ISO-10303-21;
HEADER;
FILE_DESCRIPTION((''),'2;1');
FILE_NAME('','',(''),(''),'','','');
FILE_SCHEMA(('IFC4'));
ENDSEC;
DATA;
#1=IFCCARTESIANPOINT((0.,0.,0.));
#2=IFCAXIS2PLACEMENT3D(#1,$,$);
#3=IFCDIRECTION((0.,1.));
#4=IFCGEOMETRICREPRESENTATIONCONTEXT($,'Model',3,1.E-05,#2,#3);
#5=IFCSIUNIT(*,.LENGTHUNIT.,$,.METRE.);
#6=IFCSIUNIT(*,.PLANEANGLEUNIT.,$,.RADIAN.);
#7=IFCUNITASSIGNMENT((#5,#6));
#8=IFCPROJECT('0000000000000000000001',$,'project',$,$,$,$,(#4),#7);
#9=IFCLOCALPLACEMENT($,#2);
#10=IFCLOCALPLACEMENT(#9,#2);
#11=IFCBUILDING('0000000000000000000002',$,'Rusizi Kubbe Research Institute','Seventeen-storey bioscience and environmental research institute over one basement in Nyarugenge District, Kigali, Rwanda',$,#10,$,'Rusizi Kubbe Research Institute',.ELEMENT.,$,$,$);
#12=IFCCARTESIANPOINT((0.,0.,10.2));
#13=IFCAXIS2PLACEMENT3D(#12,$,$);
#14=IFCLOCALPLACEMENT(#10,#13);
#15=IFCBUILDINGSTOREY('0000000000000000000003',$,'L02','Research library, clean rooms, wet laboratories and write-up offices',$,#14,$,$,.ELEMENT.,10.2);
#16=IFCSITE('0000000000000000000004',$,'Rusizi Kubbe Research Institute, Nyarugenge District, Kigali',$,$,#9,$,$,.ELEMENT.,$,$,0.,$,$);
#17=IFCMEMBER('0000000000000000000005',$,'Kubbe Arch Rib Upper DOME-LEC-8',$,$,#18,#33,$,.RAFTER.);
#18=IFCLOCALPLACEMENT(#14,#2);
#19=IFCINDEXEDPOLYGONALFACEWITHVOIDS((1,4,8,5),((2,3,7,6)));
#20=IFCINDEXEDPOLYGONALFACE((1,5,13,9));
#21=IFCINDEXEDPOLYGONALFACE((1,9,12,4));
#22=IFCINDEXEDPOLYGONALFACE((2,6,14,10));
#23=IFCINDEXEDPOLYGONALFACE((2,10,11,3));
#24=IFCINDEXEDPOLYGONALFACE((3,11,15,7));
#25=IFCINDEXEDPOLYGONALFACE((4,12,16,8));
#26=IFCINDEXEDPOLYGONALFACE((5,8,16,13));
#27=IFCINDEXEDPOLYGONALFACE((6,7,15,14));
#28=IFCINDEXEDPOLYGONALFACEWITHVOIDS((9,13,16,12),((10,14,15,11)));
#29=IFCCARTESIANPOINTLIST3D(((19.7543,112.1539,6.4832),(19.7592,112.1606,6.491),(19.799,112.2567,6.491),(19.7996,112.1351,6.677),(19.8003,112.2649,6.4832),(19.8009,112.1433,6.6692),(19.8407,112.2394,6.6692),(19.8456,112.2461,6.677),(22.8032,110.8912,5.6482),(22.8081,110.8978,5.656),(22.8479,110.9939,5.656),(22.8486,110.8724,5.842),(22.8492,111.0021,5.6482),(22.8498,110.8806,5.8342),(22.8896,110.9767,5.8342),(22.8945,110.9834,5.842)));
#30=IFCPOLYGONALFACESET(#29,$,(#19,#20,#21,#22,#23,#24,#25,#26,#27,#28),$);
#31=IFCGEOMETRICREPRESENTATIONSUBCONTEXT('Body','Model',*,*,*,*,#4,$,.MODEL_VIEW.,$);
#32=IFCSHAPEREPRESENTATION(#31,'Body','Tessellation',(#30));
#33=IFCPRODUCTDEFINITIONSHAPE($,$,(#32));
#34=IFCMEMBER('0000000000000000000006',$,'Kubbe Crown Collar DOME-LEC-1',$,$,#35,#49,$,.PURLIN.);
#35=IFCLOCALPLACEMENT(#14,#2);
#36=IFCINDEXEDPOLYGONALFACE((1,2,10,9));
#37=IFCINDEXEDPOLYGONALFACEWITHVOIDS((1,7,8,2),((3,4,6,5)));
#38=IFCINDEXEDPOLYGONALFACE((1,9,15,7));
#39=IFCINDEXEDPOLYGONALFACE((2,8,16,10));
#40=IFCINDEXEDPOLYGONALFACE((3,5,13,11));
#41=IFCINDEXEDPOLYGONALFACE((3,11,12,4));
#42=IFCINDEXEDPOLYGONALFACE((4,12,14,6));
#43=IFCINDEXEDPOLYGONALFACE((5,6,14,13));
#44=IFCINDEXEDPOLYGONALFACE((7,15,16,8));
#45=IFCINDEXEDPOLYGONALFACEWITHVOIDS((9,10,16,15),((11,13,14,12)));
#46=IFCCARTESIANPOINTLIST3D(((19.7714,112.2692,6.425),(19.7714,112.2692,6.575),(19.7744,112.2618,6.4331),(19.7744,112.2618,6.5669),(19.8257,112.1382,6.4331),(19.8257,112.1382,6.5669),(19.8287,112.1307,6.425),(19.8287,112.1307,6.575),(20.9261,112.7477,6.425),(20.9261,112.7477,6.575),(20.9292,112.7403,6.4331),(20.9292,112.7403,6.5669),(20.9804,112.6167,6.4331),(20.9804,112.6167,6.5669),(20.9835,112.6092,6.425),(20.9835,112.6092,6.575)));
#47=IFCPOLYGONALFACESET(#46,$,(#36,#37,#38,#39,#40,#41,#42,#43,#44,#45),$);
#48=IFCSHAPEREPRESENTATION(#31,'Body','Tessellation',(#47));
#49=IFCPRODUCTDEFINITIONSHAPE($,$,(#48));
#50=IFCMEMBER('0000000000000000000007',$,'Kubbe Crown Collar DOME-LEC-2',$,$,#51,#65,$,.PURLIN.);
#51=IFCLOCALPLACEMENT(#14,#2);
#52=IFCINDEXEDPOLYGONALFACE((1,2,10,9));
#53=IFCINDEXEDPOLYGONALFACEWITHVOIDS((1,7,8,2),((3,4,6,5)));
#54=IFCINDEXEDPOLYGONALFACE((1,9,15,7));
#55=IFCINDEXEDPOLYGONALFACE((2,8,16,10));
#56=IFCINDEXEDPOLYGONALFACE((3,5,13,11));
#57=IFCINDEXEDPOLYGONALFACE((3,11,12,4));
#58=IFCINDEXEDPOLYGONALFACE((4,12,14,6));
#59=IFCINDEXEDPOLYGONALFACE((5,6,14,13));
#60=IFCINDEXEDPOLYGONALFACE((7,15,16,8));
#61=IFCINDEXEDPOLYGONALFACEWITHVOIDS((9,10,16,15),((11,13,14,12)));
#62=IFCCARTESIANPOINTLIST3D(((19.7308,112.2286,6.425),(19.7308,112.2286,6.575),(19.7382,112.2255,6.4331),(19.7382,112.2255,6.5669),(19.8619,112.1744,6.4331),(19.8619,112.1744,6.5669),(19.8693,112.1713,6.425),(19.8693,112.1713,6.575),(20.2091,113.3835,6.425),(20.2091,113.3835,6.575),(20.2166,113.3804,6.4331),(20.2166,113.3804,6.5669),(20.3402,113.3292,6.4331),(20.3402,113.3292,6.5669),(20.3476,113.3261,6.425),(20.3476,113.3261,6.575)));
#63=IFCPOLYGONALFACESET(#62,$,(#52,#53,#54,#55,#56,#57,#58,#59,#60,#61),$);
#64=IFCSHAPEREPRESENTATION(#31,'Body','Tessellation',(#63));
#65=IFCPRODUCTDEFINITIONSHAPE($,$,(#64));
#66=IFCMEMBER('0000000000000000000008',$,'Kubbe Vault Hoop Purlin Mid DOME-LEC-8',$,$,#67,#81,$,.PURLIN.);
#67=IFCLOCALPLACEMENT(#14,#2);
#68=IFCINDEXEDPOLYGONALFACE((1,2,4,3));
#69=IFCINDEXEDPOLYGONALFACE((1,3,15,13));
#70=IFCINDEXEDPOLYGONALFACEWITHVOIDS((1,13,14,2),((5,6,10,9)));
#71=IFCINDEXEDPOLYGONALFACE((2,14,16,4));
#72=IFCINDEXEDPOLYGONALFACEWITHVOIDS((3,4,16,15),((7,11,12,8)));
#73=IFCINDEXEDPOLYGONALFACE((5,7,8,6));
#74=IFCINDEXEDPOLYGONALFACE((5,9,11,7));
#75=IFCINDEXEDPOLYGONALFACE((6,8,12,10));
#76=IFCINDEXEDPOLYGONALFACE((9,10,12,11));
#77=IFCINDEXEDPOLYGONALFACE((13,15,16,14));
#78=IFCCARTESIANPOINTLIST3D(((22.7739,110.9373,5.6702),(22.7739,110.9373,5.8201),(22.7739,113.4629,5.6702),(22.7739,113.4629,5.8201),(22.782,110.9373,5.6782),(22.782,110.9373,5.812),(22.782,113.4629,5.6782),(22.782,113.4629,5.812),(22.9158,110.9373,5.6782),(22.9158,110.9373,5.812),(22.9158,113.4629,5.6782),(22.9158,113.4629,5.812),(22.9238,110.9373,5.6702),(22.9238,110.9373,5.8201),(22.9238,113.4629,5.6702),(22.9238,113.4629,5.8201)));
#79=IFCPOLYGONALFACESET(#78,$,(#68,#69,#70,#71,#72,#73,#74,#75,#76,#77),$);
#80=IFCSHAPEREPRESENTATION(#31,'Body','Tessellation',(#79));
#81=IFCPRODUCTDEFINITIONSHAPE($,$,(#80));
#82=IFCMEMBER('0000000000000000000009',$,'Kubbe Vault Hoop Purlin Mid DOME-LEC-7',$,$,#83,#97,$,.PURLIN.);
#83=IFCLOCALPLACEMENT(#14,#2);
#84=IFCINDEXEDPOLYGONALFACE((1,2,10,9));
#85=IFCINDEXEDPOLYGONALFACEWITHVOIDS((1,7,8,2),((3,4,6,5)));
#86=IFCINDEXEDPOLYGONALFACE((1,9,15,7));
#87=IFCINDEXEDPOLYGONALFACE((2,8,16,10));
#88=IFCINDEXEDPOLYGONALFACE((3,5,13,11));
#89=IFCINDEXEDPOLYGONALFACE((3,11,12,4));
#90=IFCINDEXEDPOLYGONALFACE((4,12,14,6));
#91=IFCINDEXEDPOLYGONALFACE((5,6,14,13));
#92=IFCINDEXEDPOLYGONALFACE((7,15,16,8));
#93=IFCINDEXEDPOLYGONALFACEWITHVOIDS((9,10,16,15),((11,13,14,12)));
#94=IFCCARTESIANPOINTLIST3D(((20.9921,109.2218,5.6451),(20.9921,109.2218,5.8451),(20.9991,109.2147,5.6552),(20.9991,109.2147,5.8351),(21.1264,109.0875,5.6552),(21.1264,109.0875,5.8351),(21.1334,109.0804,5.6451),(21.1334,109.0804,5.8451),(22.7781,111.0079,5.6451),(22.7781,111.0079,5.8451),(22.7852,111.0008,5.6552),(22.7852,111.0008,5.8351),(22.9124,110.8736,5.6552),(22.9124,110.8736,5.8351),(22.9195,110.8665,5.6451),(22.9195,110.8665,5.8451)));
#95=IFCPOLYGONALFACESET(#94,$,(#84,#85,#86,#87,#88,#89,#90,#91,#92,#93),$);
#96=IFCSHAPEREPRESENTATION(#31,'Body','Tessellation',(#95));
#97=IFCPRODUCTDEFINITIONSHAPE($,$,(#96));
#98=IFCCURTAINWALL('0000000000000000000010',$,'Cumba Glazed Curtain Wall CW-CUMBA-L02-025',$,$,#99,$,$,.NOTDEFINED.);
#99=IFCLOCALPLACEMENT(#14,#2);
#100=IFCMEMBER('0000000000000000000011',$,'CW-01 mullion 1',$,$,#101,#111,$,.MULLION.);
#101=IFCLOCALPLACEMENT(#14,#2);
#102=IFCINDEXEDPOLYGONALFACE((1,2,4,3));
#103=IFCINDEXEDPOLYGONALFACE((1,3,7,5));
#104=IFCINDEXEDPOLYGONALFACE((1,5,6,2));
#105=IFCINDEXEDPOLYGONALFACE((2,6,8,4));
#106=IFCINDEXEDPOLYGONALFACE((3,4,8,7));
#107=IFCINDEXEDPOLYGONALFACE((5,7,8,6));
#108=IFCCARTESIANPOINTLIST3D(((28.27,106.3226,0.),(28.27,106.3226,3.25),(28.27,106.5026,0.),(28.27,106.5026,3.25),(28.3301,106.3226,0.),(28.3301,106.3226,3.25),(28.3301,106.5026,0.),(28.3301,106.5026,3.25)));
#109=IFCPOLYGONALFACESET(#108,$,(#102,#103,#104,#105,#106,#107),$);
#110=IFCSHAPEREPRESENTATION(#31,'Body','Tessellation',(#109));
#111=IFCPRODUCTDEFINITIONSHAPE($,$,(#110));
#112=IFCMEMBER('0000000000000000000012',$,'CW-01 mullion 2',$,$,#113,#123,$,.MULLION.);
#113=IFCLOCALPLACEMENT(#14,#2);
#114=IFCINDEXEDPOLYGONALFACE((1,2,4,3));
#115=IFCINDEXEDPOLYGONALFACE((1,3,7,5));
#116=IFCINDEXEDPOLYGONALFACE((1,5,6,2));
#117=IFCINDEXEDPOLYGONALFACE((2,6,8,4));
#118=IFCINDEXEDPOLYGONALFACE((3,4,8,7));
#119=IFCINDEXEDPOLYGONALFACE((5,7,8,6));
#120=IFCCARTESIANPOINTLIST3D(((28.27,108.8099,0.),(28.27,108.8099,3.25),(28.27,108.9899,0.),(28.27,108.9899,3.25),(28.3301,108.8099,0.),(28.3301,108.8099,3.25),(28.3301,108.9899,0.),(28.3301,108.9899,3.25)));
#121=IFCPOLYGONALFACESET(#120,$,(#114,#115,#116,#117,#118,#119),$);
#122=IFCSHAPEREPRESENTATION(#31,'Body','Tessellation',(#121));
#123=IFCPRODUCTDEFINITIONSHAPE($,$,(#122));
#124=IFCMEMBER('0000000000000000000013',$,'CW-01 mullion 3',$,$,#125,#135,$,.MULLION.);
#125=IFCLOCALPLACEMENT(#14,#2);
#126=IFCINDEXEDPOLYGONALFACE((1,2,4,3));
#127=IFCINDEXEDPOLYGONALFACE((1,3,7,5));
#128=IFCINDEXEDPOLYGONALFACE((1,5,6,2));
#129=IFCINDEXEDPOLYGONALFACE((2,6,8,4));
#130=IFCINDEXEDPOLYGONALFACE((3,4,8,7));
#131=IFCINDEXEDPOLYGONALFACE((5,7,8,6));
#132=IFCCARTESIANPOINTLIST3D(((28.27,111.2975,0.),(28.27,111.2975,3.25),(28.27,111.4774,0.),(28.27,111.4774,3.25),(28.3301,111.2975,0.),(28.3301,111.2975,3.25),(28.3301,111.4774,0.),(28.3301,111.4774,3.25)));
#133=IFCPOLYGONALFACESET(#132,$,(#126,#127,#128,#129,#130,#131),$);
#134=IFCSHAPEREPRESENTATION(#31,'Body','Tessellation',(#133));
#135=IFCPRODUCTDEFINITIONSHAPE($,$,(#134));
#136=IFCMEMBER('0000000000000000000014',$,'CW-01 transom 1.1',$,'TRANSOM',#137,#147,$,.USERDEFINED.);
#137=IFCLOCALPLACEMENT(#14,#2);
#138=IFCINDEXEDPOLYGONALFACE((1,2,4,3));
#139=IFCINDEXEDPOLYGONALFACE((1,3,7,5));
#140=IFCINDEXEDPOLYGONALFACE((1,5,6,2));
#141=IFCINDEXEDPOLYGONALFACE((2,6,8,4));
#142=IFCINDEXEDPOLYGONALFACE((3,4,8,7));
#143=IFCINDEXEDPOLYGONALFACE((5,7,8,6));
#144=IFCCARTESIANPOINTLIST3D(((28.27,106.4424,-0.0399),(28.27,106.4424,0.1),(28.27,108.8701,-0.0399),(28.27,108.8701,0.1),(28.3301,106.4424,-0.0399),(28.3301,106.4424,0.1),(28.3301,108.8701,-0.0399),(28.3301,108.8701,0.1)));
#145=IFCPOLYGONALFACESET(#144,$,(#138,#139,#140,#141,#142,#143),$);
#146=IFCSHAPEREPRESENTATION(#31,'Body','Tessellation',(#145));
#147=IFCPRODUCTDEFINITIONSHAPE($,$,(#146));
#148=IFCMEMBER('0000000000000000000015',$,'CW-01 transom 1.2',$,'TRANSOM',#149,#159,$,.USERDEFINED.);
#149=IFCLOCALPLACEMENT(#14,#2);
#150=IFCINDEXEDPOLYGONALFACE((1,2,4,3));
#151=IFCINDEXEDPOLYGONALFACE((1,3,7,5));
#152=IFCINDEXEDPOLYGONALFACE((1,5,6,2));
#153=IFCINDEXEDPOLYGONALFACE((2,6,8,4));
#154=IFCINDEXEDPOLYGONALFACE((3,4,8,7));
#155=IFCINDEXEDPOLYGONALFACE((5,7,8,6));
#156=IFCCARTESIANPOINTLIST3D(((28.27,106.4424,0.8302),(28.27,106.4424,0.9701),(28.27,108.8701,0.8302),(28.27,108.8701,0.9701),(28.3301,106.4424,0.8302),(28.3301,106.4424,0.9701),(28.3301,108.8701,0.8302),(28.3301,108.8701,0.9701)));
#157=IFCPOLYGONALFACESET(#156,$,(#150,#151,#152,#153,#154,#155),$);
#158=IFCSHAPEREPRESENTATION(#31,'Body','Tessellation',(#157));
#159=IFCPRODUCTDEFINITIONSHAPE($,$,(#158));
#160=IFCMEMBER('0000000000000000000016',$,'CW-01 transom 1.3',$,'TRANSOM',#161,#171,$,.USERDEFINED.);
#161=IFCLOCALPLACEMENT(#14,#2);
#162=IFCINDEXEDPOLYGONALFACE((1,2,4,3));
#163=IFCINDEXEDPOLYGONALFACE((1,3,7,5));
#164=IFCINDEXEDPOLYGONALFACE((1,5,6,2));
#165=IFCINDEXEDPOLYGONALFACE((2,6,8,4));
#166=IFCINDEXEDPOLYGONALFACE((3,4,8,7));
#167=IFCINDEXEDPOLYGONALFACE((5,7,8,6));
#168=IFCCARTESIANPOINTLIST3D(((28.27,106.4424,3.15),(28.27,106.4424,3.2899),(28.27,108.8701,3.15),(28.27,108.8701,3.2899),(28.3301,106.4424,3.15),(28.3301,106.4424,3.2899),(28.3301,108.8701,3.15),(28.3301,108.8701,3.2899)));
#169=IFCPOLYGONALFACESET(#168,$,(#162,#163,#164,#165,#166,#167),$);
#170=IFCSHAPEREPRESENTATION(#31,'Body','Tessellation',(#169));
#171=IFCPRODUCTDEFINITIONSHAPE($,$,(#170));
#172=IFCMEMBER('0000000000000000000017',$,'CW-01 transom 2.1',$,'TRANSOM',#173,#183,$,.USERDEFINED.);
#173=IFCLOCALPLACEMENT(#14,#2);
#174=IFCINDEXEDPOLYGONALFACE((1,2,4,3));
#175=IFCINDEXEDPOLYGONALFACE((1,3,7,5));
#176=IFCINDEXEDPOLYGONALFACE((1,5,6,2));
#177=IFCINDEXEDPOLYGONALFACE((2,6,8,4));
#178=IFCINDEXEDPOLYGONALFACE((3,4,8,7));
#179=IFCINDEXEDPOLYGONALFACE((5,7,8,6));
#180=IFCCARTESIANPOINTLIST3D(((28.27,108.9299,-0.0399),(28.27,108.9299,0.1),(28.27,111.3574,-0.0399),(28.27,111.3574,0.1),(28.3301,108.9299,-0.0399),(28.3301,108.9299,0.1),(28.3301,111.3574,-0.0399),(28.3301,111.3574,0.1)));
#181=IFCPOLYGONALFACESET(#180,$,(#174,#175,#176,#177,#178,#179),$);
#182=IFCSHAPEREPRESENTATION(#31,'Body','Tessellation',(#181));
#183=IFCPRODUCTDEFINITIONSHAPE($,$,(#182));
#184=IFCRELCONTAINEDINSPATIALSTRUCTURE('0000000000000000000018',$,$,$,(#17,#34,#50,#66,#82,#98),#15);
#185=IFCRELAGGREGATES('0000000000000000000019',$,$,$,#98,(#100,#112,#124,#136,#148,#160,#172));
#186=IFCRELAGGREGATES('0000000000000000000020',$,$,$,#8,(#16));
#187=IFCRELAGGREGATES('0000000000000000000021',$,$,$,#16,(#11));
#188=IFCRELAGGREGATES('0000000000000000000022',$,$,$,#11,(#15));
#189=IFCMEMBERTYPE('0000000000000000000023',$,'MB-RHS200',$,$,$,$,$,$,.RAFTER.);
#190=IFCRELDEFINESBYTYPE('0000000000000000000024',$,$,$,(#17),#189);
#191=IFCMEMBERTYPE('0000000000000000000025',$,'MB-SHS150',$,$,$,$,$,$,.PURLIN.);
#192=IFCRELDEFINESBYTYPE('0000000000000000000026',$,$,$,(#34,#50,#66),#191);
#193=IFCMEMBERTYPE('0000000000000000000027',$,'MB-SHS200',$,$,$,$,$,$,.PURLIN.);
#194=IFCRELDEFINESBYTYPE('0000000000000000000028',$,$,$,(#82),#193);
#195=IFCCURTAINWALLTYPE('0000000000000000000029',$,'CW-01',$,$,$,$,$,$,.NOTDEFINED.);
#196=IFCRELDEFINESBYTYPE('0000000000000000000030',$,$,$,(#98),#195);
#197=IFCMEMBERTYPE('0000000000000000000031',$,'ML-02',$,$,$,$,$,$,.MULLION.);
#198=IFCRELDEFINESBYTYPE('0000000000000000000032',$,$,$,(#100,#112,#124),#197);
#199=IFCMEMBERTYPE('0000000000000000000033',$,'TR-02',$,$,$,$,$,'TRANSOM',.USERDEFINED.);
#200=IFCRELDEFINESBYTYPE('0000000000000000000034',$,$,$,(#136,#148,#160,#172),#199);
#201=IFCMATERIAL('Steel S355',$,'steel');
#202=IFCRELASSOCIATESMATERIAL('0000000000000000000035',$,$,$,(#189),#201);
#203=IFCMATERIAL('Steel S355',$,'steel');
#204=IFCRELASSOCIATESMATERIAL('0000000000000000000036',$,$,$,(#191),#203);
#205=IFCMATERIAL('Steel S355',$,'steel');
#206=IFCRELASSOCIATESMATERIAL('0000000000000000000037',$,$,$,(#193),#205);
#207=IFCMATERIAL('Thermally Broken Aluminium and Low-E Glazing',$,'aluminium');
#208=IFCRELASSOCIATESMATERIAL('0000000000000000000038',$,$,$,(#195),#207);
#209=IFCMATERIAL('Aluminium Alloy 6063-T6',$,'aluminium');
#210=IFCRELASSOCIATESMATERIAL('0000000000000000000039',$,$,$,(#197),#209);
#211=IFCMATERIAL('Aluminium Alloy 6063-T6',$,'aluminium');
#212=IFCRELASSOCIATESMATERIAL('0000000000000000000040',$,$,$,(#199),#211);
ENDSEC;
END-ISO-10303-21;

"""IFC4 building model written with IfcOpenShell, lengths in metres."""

from ifc_helpers import new_model, si_unit, direction, frame, origin, origin_2d, place, context, subcontext, project, spatial, rectangle, hollow_rectangle, extrude, material, material_profile, profile_set, type_object, element, aggregate, save


model = new_model("IFC4")

# Units and contexts
model_context = context("Model", 3, precision=1e-05, world=origin(), true_north=direction((0.0, 1.0)))
body_context = subcontext(model_context, "Body", "Model", "MODEL_VIEW")
ifc_project = project(units=[si_unit("LENGTHUNIT", "METRE"), si_unit("PLANEANGLEUNIT", "RADIAN")], contexts=[model_context])

# Site, building, storey
site_placement = place(None, origin())
site = spatial("IfcSite", under=ifc_project, at=site_placement, Name="Rusizi Kubbe Research Institute, Nyarugenge District, Kigali", CompositionType="ELEMENT", RefElevation=0.0)
building_placement = place(site_placement, origin())
building = spatial("IfcBuilding", under=site, at=building_placement, Name="Rusizi Kubbe Research Institute", Description="Seventeen-storey bioscience and environmental research institute over one basement in Nyarugenge District, Kigali, Rwanda", LongName="Rusizi Kubbe Research Institute", CompositionType="ELEMENT")
storey_placement = place(building_placement, frame((0.0, 0.0, 10.2)))
storey = spatial("IfcBuildingStorey", under=building, at=storey_placement, Name="L02", Description="Research library, clean rooms, wet laboratories and write-up offices", CompositionType="ELEMENT", Elevation=10.2)

# Members
ifc_material_1 = material(Name="Steel S355", Category="steel")
ifc_material_profile_1 = material_profile(ifc_material_1, hollow_rectangle(XDim=0.1201, YDim=0.2, WallThickness=0.0081, at=origin_2d()), Name="RHS 200x120x8.0")
ifc_profile_set_1 = profile_set([ifc_material_profile_1], Name="Steel S355")
member_type_1 = type_object("IfcMemberType", Name="MB-RHS200", PredefinedType="RAFTER", material=ifc_profile_set_1)
member_1_placement = place(storey_placement, frame((22.8489, 110.9373, 5.7451), z_axis=(-0.895672, 0.370949, 0.245291), x_axis=(-0.382639, -0.923898, 0.0)))
element("IfcMember", 1, at=member_1_placement, inside=storey, type_object=member_type_1, Name="Kubbe Arch Rib Upper DOME-LEC-8", PredefinedType="RAFTER", context=body_context, shape_type="SweptSolid", body=[
    extrude(hollow_rectangle(XDim=0.1201, YDim=0.2, WallThickness=0.0081, at=origin_2d()), origin(), (0.0, 0.0, 1.0), 3.4041),
])
ifc_material_2 = material(Name="Steel S355", Category="steel")
ifc_material_profile_2 = material_profile(ifc_material_2, hollow_rectangle(XDim=0.1499, YDim=0.1499, WallThickness=0.0081, at=origin_2d()), Name="SHS 150x150x8.0")
ifc_profile_set_2 = profile_set([ifc_material_profile_2], Name="Steel S355")
member_type_2 = type_object("IfcMemberType", Name="MB-SHS150", PredefinedType="PURLIN", material=ifc_profile_set_2)
for number, where, z_axis, x_axis, name in (
    (2, (19.8, 112.2, 6.5), (0.923826, 0.382812, 0.0), (-0.382812, 0.923826, 0.0), "Kubbe Crown Collar DOME-LEC-1"),
    (3, (19.8, 112.2, 6.5), (0.382645, 0.923895, 0.0), (-0.923895, 0.382645, 0.0), "Kubbe Crown Collar DOME-LEC-2"),
):
    element("IfcMember", number, at=place(storey_placement, frame(where, z_axis=z_axis, x_axis=x_axis)), inside=storey, type_object=member_type_2, Name=name, PredefinedType="PURLIN", context=body_context, shape_type="SweptSolid", body=[
        extrude(hollow_rectangle(XDim=0.1499, YDim=0.1499, WallThickness=0.0081, at=origin_2d()), origin(), (0.0, 0.0, 1.0), 1.25),
    ])
member_2_placement = place(storey_placement, frame((22.8489, 110.9373, 5.7451), z_axis=(0.0, 1.0, 0.0), x_axis=(-1.0, 0.0, 0.0)))
element("IfcMember", 4, at=member_2_placement, inside=storey, type_object=member_type_2, Name="Kubbe Vault Hoop Purlin Mid DOME-LEC-8", PredefinedType="PURLIN", context=body_context, shape_type="SweptSolid", body=[
    extrude(hollow_rectangle(XDim=0.1499, YDim=0.1499, WallThickness=0.0081, at=origin_2d()), origin(), (0.0, 0.0, 1.0), 2.5256),
])
ifc_material_3 = material(Name="Steel S355", Category="steel")
ifc_material_profile_3 = material_profile(ifc_material_3, hollow_rectangle(XDim=0.2, YDim=0.2, WallThickness=0.01, at=origin_2d()), Name="SHS 200x200x10.0")
ifc_profile_set_3 = profile_set([ifc_material_profile_3], Name="Steel S355")
member_type_3 = type_object("IfcMemberType", Name="MB-SHS200", PredefinedType="PURLIN", material=ifc_profile_set_3)
member_3_placement = place(storey_placement, frame((21.0627, 109.1511, 5.7451), z_axis=(0.707107, 0.707107, 0.0), x_axis=(-0.707107, 0.707107, 0.0)))
element("IfcMember", 5, at=member_3_placement, inside=storey, type_object=member_type_3, Name="Kubbe Vault Hoop Purlin Mid DOME-LEC-7", PredefinedType="PURLIN", context=body_context, shape_type="SweptSolid", body=[
    extrude(hollow_rectangle(XDim=0.2, YDim=0.2, WallThickness=0.01, at=origin_2d()), origin(), (0.0, 0.0, 1.0), 2.5259),
])

# Curtain wall, members
ifc_material_4 = material(Name="Thermally Broken Aluminium and Low-E Glazing", Category="aluminium")
curtain_wall_type = type_object("IfcCurtainWallType", Name="CW-01", PredefinedType="NOTDEFINED", material=ifc_material_4)
curtain_wall_placement = place(storey_placement, origin())
curtain_wall = element("IfcCurtainWall", 6, at=curtain_wall_placement, inside=storey, type_object=curtain_wall_type, Name="Cumba Glazed Curtain Wall CW-CUMBA-L02-025", PredefinedType="NOTDEFINED")
ifc_material_5 = material(Name="Aluminium Alloy 6063-T6", Category="aluminium")
ifc_material_profile_4 = material_profile(ifc_material_5, rectangle(XDim=0.0601, YDim=0.1799, at=origin_2d()), Name="ALU-M 60x180")
ifc_profile_set_4 = profile_set([ifc_material_profile_4], Name="Aluminium Alloy 6063-T6")
member_type_4 = type_object("IfcMemberType", Name="ML-02", PredefinedType="MULLION", material=ifc_profile_set_4)
member_4_placement = place(storey_placement, frame((28.3, 106.4126, 0.0), z_axis=(0.0, 0.0, 1.0), x_axis=(-1.0, 0.0, 0.0)))
member_4 = element("IfcMember", 7, at=member_4_placement, type_object=member_type_4, Name="CW-01 mullion 1", PredefinedType="MULLION", context=body_context, shape_type="SweptSolid", body=[
    extrude(rectangle(XDim=0.0601, YDim=0.1799, at=origin_2d()), origin(), (0.0, 0.0, 1.0), 3.25),
])
member_5_placement = place(storey_placement, frame((28.3, 108.8999, 0.0), z_axis=(0.0, 0.0, 1.0), x_axis=(-1.0, 0.0, 0.0)))
member_5 = element("IfcMember", 8, at=member_5_placement, type_object=member_type_4, Name="CW-01 mullion 2", PredefinedType="MULLION", context=body_context, shape_type="SweptSolid", body=[
    extrude(rectangle(XDim=0.0601, YDim=0.1799, at=origin_2d()), origin(), (0.0, 0.0, 1.0), 3.25),
])
member_6_placement = place(storey_placement, frame((28.3, 111.3875, 0.0), z_axis=(0.0, 0.0, 1.0), x_axis=(-1.0, 0.0, 0.0)))
member_6 = element("IfcMember", 9, at=member_6_placement, type_object=member_type_4, Name="CW-01 mullion 3", PredefinedType="MULLION", context=body_context, shape_type="SweptSolid", body=[
    extrude(rectangle(XDim=0.0601, YDim=0.1799, at=origin_2d()), origin(), (0.0, 0.0, 1.0), 3.25),
])
ifc_material_6 = material(Name="Aluminium Alloy 6063-T6", Category="aluminium")
ifc_material_profile_5 = material_profile(ifc_material_6, rectangle(XDim=0.0601, YDim=0.1399, at=origin_2d()), Name="ALU-T 60x140")
ifc_profile_set_5 = profile_set([ifc_material_profile_5], Name="Aluminium Alloy 6063-T6")
member_type_5 = type_object("IfcMemberType", Name="TR-02", ElementType="TRANSOM", PredefinedType="USERDEFINED", material=ifc_profile_set_5)
member_7_placement = place(storey_placement, frame((28.3, 106.4424, 0.03), z_axis=(0.0, 1.0, 0.0), x_axis=(-1.0, 0.0, 0.0)))
member_7 = element("IfcMember", 10, at=member_7_placement, type_object=member_type_5, Name="CW-01 transom 1.1", ObjectType="TRANSOM", PredefinedType="USERDEFINED", context=body_context, shape_type="SweptSolid", body=[
    extrude(rectangle(XDim=0.0601, YDim=0.1399, at=origin_2d()), origin(), (0.0, 0.0, 1.0), 2.4277),
])
member_8_placement = place(storey_placement, frame((28.3, 106.4424, 0.9001), z_axis=(0.0, 1.0, 0.0), x_axis=(-1.0, 0.0, 0.0)))
member_8 = element("IfcMember", 11, at=member_8_placement, type_object=member_type_5, Name="CW-01 transom 1.2", ObjectType="TRANSOM", PredefinedType="USERDEFINED", context=body_context, shape_type="SweptSolid", body=[
    extrude(rectangle(XDim=0.0601, YDim=0.1399, at=origin_2d()), origin(), (0.0, 0.0, 1.0), 2.4277),
])
member_9_placement = place(storey_placement, frame((28.3, 106.4424, 3.22), z_axis=(0.0, 1.0, 0.0), x_axis=(-1.0, 0.0, 0.0)))
member_9 = element("IfcMember", 12, at=member_9_placement, type_object=member_type_5, Name="CW-01 transom 1.3", ObjectType="TRANSOM", PredefinedType="USERDEFINED", context=body_context, shape_type="SweptSolid", body=[
    extrude(rectangle(XDim=0.0601, YDim=0.1399, at=origin_2d()), origin(), (0.0, 0.0, 1.0), 2.4277),
])
member_10_placement = place(storey_placement, frame((28.3, 108.9299, 0.03), z_axis=(0.0, 1.0, 0.0), x_axis=(-1.0, 0.0, 0.0)))
member_10 = element("IfcMember", 13, at=member_10_placement, type_object=member_type_5, Name="CW-01 transom 2.1", ObjectType="TRANSOM", PredefinedType="USERDEFINED", context=body_context, shape_type="SweptSolid", body=[
    extrude(rectangle(XDim=0.0601, YDim=0.1399, at=origin_2d()), origin(), (0.0, 0.0, 1.0), 2.4275),
])
aggregate(curtain_wall, [member_4, member_5, member_6, member_7, member_8, member_9, member_10])

save(model, "model.ifc")
